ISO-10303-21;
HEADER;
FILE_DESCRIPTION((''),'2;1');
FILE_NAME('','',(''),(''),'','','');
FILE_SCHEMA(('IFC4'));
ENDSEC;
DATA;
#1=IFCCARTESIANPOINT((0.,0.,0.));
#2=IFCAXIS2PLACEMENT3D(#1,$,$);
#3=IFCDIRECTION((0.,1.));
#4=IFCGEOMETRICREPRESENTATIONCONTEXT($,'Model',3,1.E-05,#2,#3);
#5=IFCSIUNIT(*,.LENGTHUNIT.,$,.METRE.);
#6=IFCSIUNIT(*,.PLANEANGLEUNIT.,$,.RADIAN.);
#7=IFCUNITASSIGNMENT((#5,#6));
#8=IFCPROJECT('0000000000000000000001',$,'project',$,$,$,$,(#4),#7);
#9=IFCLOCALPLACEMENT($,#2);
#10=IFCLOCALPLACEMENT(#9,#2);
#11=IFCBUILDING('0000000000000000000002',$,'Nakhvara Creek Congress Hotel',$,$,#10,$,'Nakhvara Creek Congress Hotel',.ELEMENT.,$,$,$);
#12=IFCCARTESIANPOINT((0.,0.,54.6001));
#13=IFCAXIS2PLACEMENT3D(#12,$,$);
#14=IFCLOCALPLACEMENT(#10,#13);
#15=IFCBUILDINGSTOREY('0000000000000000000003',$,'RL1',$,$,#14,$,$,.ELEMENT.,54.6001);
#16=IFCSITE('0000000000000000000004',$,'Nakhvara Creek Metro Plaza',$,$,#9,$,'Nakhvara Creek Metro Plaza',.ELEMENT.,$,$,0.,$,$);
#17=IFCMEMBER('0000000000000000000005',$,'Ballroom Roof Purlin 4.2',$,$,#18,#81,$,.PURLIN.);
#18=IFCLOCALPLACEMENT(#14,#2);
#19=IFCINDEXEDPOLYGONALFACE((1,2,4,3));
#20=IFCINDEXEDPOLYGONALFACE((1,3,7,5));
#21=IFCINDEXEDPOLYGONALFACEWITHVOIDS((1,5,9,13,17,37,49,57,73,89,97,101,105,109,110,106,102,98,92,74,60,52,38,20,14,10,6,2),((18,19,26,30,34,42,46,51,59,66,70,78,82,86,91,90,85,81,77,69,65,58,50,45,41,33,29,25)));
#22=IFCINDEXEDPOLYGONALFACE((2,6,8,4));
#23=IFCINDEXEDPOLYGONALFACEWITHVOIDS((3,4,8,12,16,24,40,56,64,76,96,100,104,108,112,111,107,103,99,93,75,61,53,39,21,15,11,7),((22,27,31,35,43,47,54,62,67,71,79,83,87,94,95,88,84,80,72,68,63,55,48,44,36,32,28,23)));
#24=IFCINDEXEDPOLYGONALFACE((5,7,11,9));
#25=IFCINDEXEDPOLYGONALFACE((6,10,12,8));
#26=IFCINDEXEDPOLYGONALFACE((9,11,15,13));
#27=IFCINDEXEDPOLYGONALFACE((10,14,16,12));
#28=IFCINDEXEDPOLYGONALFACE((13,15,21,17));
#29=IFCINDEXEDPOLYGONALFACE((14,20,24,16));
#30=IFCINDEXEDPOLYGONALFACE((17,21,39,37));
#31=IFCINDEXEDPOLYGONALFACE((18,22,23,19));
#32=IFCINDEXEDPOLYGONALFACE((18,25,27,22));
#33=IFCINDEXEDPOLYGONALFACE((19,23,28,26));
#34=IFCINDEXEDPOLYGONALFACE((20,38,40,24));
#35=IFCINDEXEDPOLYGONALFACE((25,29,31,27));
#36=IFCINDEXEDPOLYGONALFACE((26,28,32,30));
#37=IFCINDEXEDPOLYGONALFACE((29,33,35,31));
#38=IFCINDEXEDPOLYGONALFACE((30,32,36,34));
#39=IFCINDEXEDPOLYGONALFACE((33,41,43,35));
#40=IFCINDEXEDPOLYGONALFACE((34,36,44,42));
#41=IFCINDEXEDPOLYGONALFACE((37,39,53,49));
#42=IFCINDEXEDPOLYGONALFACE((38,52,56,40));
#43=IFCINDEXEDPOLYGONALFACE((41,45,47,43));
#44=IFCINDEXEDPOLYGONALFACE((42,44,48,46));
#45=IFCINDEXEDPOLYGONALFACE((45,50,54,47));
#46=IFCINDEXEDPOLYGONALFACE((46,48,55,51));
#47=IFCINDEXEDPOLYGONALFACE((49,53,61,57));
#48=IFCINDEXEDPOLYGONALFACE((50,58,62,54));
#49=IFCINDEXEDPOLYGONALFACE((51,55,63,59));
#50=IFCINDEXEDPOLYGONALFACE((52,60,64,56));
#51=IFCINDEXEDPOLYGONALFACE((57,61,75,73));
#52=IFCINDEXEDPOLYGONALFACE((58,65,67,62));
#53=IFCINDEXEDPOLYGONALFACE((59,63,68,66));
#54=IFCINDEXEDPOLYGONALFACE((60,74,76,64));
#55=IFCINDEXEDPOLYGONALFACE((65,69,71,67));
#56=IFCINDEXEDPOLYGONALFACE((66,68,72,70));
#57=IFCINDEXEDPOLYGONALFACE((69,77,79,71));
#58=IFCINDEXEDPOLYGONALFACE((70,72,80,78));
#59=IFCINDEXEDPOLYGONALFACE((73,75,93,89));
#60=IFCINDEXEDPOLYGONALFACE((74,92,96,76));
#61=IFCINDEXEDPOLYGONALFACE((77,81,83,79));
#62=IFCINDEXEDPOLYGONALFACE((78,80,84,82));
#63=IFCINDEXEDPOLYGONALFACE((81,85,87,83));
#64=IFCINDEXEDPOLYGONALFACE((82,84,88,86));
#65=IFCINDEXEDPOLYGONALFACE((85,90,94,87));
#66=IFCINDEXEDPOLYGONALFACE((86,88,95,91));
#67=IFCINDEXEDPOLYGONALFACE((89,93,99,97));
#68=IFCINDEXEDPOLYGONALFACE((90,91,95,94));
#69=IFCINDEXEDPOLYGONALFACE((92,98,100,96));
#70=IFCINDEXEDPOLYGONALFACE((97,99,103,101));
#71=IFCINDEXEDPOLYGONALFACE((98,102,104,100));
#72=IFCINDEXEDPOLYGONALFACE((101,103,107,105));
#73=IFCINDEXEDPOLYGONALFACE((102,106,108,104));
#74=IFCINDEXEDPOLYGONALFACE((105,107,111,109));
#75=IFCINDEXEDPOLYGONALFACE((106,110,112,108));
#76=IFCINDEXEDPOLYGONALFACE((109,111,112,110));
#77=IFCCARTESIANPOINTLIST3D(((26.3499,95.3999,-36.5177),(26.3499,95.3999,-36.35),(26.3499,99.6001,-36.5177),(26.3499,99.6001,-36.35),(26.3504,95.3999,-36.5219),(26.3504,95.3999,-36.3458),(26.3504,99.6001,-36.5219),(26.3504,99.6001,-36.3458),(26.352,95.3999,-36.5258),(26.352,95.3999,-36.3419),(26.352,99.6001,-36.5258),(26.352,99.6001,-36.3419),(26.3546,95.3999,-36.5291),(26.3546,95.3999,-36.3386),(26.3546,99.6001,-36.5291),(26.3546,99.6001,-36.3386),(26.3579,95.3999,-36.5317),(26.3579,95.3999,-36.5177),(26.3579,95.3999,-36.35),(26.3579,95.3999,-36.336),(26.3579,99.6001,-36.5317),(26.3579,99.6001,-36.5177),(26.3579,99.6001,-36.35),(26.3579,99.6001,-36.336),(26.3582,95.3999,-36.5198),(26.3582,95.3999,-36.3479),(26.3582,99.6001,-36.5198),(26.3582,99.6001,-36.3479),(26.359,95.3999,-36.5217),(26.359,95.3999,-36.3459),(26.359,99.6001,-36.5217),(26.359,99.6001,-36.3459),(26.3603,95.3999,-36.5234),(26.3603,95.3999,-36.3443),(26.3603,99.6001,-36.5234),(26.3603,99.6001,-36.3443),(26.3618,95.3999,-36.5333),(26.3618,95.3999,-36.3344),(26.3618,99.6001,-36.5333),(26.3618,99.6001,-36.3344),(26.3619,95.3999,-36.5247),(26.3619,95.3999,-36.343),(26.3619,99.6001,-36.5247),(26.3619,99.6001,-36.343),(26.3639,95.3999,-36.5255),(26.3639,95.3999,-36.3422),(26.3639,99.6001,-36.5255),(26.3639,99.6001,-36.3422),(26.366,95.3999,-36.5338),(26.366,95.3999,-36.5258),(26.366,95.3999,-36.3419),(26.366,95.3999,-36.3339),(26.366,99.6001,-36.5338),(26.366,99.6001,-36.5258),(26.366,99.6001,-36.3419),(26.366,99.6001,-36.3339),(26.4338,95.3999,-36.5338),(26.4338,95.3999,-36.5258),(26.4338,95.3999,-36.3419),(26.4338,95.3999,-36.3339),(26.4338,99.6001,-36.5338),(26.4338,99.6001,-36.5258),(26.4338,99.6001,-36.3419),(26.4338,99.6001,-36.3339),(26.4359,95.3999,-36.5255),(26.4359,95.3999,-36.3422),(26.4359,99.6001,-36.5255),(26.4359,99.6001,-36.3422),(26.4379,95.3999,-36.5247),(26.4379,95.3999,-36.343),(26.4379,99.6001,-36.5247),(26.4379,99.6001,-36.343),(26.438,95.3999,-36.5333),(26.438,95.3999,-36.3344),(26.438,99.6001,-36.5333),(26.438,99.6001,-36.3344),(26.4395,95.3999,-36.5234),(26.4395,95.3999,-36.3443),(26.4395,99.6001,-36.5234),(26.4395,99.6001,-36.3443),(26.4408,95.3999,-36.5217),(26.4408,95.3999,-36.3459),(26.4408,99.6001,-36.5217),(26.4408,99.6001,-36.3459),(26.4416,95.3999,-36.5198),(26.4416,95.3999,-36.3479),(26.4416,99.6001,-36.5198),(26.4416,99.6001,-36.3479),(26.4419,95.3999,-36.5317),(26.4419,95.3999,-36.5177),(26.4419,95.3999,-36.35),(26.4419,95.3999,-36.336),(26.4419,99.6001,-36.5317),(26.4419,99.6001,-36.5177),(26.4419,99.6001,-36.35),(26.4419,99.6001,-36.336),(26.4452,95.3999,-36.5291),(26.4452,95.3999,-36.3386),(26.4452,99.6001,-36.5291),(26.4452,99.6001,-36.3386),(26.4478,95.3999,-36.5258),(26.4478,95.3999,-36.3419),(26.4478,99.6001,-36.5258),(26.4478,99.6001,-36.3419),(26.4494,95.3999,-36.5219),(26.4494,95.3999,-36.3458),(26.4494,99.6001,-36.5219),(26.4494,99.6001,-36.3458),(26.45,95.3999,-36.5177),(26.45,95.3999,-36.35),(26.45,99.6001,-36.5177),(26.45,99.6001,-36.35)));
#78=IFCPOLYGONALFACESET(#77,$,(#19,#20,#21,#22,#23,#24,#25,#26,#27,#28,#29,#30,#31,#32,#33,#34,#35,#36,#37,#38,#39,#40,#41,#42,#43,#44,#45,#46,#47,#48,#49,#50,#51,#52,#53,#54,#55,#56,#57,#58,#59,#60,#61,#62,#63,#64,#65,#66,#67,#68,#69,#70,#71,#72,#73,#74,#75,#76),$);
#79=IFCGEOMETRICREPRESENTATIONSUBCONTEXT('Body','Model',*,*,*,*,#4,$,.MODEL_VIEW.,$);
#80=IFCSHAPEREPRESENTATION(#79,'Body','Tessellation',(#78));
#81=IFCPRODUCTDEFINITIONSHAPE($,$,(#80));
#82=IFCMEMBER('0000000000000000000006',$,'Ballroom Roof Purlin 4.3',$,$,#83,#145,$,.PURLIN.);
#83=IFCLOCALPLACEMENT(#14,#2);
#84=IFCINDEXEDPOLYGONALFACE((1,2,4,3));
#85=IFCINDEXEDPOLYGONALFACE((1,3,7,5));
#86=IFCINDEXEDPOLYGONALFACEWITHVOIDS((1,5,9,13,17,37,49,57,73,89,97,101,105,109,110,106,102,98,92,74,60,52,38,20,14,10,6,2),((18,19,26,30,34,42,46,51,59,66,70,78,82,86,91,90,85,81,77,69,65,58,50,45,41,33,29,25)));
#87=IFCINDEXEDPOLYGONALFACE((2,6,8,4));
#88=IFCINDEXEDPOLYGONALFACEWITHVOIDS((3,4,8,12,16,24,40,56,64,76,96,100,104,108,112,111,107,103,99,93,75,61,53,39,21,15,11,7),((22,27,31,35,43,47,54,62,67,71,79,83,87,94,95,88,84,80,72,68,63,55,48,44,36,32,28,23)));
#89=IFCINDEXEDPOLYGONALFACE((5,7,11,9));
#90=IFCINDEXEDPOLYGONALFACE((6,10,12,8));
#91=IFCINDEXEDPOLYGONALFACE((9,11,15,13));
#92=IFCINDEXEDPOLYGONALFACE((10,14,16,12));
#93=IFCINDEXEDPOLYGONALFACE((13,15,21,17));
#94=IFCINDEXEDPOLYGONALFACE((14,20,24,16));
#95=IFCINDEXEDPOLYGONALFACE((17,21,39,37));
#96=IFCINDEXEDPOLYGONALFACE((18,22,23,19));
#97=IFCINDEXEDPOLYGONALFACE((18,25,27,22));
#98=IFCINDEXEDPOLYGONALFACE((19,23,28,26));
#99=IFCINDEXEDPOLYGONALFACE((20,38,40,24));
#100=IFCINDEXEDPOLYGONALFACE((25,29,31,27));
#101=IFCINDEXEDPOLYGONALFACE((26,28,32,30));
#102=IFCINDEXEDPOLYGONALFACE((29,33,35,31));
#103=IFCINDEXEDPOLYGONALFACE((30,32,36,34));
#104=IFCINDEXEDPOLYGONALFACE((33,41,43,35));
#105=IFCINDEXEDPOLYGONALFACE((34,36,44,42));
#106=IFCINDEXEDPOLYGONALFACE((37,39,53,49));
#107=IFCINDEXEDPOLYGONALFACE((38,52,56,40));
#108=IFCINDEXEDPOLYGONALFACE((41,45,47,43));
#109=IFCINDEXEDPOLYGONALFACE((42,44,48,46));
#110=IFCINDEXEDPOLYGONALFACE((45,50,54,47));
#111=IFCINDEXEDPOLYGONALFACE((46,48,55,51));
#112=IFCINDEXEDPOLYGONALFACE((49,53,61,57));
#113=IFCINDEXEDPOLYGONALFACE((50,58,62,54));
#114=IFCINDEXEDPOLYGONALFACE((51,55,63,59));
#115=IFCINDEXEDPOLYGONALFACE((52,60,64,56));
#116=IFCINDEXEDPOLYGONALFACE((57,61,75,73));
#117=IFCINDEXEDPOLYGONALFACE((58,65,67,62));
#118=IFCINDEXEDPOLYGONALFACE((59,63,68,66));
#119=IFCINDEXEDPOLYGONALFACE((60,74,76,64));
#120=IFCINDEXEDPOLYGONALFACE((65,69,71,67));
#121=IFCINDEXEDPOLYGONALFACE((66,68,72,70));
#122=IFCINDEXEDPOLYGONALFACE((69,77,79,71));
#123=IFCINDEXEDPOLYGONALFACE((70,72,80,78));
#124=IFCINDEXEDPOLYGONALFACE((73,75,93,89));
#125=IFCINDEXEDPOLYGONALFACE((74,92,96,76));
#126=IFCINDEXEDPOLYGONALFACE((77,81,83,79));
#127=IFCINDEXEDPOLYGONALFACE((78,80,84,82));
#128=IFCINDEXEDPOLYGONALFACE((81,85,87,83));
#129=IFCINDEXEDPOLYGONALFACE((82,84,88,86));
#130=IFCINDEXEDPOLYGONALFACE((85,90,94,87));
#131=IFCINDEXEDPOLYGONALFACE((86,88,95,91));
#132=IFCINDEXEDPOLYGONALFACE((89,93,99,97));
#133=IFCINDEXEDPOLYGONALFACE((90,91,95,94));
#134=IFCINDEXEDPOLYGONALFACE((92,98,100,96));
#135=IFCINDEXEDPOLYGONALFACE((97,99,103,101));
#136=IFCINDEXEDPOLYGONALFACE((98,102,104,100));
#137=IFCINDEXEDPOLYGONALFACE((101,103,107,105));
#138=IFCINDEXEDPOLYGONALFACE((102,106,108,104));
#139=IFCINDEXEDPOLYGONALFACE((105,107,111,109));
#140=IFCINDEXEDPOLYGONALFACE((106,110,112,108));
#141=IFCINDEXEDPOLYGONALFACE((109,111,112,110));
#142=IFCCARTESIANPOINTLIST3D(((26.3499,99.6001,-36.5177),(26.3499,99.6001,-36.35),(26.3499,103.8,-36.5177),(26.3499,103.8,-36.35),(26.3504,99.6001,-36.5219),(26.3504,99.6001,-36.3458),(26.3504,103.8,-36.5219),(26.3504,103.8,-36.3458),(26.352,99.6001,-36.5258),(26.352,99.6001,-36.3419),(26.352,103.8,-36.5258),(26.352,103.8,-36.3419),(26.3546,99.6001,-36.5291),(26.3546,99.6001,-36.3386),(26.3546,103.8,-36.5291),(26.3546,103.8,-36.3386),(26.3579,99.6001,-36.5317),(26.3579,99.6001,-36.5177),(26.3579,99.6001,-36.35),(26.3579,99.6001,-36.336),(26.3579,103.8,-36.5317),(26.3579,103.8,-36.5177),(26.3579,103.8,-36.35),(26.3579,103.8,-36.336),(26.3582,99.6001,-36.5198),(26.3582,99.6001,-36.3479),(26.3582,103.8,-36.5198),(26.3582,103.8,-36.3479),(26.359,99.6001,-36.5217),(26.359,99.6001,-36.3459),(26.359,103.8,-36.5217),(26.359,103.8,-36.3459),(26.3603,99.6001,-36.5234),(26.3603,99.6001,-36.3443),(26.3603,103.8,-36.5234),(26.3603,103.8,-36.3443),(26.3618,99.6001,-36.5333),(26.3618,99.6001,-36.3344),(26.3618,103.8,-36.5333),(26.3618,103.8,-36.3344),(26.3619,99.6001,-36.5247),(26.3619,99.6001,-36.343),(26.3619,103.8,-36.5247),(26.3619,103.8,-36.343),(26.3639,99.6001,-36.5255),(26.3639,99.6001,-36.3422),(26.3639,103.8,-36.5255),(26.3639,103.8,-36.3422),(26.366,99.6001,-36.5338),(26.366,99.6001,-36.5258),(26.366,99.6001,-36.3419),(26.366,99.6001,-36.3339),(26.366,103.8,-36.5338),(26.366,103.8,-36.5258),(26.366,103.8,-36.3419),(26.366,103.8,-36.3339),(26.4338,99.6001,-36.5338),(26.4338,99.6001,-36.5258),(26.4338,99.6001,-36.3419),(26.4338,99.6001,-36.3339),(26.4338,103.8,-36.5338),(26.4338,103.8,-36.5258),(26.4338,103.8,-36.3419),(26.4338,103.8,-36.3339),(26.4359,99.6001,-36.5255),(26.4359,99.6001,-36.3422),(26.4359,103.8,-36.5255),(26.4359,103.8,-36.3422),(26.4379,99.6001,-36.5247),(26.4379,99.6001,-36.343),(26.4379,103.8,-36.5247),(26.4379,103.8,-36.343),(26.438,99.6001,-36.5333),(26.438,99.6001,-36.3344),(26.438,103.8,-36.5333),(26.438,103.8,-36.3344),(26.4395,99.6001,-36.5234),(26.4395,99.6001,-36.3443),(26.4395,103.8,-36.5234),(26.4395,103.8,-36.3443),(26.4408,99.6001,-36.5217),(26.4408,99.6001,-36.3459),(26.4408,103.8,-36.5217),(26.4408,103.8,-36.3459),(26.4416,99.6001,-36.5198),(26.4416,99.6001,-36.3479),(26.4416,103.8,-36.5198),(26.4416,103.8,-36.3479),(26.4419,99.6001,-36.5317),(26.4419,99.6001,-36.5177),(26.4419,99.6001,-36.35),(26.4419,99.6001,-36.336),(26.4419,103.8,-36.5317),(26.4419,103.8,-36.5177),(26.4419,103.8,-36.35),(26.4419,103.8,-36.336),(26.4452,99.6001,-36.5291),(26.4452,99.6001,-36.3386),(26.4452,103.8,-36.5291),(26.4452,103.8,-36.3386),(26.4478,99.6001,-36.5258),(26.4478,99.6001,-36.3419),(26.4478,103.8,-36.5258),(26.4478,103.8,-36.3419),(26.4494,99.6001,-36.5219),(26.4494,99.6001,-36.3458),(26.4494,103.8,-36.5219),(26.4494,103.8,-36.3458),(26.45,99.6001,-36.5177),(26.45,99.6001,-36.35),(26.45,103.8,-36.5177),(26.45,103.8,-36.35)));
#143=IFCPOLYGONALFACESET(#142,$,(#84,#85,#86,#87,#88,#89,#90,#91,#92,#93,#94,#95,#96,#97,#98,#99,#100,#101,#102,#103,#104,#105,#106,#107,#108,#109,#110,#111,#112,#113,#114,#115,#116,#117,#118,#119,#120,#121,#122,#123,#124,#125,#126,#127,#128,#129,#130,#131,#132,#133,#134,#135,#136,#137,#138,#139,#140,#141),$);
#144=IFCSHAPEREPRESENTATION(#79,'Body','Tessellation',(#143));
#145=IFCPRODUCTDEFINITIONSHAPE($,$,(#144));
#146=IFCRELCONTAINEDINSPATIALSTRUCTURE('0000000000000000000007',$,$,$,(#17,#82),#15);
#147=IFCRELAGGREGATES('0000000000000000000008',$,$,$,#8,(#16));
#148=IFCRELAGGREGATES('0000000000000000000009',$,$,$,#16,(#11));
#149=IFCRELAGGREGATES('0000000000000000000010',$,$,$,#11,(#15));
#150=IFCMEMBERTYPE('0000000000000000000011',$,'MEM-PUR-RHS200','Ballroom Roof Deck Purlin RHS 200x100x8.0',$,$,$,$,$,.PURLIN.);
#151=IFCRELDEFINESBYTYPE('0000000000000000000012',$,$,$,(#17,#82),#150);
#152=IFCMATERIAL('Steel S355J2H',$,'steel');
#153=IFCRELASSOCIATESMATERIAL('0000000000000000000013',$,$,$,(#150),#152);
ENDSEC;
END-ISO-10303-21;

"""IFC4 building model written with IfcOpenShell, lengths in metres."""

from ifc_helpers import new_model, si_unit, direction, frame, origin, origin_2d, place, context, subcontext, project, spatial, hollow_rectangle, extrude, material, material_profile, profile_set, type_object, element, save


model = new_model("IFC4")

# Units and contexts
model_context = context("Model", 3, precision=1e-05, world=origin(), true_north=direction((0.0, 1.0)))
body_context = subcontext(model_context, "Body", "Model", "MODEL_VIEW")
ifc_project = project(units=[si_unit("LENGTHUNIT", "METRE"), si_unit("PLANEANGLEUNIT", "RADIAN")], contexts=[model_context])

# Site, building, storey
site_placement = place(None, origin())
site = spatial("IfcSite", under=ifc_project, at=site_placement, Name="Nakhvara Creek Metro Plaza", LongName="Nakhvara Creek Metro Plaza", CompositionType="ELEMENT", RefElevation=0.0)
building_placement = place(site_placement, origin())
building = spatial("IfcBuilding", under=site, at=building_placement, Name="Nakhvara Creek Congress Hotel", LongName="Nakhvara Creek Congress Hotel", CompositionType="ELEMENT")
storey_placement = place(building_placement, frame((0.0, 0.0, 54.6001)))
storey = spatial("IfcBuildingStorey", under=building, at=storey_placement, Name="RL1", CompositionType="ELEMENT", Elevation=54.6001)

# Members
ifc_material_1 = material(Name="Steel S355J2H", Category="steel")
ifc_material_profile_1 = material_profile(ifc_material_1, hollow_rectangle(XDim=0.1001, YDim=0.2, WallThickness=0.0081, InnerFilletRadius=0.0081, OuterFilletRadius=0.0161, at=origin_2d()), Name="RHS 200x100x8.0", Category="LoadBearing")
ifc_profile_set_1 = profile_set([ifc_material_profile_1], Name="Steel S355J2H")
member_type_1 = type_object("IfcMemberType", Name="MEM-PUR-RHS200", Description="Ballroom Roof Deck Purlin RHS 200x100x8.0", PredefinedType="PURLIN", material=ifc_profile_set_1)
member_1_placement = place(storey_placement, frame((26.3999, 95.3999, -36.4338), z_axis=(0.0, 1.0, 0.0), x_axis=(-1.0, 0.0, 0.0)))
element("IfcMember", 1, at=member_1_placement, inside=storey, type_object=member_type_1, Name="Ballroom Roof Purlin 4.2", PredefinedType="PURLIN", context=body_context, shape_type="SweptSolid", body=[
    extrude(hollow_rectangle(XDim=0.1001, YDim=0.2, WallThickness=0.0081, InnerFilletRadius=0.0081, OuterFilletRadius=0.0161, at=origin_2d()), origin(), (0.0, 0.0, 1.0), 4.2002),
])
for number, where, z_axis, x_axis, name in (
    (2, (26.3999, 99.6001, -36.4338), (0.0, 1.0, 0.0), (-1.0, 0.0, 0.0), "Ballroom Roof Purlin 4.3"),
):
    element("IfcMember", number, at=place(storey_placement, frame(where, z_axis=z_axis, x_axis=x_axis)), inside=storey, type_object=member_type_1, Name=name, PredefinedType="PURLIN", context=body_context, shape_type="SweptSolid", body=[
        extrude(hollow_rectangle(XDim=0.1001, YDim=0.2, WallThickness=0.0081, InnerFilletRadius=0.0081, OuterFilletRadius=0.0161, at=origin_2d()), origin(), (0.0, 0.0, 1.0), 4.2),
    ])

save(model, "model.ifc")
